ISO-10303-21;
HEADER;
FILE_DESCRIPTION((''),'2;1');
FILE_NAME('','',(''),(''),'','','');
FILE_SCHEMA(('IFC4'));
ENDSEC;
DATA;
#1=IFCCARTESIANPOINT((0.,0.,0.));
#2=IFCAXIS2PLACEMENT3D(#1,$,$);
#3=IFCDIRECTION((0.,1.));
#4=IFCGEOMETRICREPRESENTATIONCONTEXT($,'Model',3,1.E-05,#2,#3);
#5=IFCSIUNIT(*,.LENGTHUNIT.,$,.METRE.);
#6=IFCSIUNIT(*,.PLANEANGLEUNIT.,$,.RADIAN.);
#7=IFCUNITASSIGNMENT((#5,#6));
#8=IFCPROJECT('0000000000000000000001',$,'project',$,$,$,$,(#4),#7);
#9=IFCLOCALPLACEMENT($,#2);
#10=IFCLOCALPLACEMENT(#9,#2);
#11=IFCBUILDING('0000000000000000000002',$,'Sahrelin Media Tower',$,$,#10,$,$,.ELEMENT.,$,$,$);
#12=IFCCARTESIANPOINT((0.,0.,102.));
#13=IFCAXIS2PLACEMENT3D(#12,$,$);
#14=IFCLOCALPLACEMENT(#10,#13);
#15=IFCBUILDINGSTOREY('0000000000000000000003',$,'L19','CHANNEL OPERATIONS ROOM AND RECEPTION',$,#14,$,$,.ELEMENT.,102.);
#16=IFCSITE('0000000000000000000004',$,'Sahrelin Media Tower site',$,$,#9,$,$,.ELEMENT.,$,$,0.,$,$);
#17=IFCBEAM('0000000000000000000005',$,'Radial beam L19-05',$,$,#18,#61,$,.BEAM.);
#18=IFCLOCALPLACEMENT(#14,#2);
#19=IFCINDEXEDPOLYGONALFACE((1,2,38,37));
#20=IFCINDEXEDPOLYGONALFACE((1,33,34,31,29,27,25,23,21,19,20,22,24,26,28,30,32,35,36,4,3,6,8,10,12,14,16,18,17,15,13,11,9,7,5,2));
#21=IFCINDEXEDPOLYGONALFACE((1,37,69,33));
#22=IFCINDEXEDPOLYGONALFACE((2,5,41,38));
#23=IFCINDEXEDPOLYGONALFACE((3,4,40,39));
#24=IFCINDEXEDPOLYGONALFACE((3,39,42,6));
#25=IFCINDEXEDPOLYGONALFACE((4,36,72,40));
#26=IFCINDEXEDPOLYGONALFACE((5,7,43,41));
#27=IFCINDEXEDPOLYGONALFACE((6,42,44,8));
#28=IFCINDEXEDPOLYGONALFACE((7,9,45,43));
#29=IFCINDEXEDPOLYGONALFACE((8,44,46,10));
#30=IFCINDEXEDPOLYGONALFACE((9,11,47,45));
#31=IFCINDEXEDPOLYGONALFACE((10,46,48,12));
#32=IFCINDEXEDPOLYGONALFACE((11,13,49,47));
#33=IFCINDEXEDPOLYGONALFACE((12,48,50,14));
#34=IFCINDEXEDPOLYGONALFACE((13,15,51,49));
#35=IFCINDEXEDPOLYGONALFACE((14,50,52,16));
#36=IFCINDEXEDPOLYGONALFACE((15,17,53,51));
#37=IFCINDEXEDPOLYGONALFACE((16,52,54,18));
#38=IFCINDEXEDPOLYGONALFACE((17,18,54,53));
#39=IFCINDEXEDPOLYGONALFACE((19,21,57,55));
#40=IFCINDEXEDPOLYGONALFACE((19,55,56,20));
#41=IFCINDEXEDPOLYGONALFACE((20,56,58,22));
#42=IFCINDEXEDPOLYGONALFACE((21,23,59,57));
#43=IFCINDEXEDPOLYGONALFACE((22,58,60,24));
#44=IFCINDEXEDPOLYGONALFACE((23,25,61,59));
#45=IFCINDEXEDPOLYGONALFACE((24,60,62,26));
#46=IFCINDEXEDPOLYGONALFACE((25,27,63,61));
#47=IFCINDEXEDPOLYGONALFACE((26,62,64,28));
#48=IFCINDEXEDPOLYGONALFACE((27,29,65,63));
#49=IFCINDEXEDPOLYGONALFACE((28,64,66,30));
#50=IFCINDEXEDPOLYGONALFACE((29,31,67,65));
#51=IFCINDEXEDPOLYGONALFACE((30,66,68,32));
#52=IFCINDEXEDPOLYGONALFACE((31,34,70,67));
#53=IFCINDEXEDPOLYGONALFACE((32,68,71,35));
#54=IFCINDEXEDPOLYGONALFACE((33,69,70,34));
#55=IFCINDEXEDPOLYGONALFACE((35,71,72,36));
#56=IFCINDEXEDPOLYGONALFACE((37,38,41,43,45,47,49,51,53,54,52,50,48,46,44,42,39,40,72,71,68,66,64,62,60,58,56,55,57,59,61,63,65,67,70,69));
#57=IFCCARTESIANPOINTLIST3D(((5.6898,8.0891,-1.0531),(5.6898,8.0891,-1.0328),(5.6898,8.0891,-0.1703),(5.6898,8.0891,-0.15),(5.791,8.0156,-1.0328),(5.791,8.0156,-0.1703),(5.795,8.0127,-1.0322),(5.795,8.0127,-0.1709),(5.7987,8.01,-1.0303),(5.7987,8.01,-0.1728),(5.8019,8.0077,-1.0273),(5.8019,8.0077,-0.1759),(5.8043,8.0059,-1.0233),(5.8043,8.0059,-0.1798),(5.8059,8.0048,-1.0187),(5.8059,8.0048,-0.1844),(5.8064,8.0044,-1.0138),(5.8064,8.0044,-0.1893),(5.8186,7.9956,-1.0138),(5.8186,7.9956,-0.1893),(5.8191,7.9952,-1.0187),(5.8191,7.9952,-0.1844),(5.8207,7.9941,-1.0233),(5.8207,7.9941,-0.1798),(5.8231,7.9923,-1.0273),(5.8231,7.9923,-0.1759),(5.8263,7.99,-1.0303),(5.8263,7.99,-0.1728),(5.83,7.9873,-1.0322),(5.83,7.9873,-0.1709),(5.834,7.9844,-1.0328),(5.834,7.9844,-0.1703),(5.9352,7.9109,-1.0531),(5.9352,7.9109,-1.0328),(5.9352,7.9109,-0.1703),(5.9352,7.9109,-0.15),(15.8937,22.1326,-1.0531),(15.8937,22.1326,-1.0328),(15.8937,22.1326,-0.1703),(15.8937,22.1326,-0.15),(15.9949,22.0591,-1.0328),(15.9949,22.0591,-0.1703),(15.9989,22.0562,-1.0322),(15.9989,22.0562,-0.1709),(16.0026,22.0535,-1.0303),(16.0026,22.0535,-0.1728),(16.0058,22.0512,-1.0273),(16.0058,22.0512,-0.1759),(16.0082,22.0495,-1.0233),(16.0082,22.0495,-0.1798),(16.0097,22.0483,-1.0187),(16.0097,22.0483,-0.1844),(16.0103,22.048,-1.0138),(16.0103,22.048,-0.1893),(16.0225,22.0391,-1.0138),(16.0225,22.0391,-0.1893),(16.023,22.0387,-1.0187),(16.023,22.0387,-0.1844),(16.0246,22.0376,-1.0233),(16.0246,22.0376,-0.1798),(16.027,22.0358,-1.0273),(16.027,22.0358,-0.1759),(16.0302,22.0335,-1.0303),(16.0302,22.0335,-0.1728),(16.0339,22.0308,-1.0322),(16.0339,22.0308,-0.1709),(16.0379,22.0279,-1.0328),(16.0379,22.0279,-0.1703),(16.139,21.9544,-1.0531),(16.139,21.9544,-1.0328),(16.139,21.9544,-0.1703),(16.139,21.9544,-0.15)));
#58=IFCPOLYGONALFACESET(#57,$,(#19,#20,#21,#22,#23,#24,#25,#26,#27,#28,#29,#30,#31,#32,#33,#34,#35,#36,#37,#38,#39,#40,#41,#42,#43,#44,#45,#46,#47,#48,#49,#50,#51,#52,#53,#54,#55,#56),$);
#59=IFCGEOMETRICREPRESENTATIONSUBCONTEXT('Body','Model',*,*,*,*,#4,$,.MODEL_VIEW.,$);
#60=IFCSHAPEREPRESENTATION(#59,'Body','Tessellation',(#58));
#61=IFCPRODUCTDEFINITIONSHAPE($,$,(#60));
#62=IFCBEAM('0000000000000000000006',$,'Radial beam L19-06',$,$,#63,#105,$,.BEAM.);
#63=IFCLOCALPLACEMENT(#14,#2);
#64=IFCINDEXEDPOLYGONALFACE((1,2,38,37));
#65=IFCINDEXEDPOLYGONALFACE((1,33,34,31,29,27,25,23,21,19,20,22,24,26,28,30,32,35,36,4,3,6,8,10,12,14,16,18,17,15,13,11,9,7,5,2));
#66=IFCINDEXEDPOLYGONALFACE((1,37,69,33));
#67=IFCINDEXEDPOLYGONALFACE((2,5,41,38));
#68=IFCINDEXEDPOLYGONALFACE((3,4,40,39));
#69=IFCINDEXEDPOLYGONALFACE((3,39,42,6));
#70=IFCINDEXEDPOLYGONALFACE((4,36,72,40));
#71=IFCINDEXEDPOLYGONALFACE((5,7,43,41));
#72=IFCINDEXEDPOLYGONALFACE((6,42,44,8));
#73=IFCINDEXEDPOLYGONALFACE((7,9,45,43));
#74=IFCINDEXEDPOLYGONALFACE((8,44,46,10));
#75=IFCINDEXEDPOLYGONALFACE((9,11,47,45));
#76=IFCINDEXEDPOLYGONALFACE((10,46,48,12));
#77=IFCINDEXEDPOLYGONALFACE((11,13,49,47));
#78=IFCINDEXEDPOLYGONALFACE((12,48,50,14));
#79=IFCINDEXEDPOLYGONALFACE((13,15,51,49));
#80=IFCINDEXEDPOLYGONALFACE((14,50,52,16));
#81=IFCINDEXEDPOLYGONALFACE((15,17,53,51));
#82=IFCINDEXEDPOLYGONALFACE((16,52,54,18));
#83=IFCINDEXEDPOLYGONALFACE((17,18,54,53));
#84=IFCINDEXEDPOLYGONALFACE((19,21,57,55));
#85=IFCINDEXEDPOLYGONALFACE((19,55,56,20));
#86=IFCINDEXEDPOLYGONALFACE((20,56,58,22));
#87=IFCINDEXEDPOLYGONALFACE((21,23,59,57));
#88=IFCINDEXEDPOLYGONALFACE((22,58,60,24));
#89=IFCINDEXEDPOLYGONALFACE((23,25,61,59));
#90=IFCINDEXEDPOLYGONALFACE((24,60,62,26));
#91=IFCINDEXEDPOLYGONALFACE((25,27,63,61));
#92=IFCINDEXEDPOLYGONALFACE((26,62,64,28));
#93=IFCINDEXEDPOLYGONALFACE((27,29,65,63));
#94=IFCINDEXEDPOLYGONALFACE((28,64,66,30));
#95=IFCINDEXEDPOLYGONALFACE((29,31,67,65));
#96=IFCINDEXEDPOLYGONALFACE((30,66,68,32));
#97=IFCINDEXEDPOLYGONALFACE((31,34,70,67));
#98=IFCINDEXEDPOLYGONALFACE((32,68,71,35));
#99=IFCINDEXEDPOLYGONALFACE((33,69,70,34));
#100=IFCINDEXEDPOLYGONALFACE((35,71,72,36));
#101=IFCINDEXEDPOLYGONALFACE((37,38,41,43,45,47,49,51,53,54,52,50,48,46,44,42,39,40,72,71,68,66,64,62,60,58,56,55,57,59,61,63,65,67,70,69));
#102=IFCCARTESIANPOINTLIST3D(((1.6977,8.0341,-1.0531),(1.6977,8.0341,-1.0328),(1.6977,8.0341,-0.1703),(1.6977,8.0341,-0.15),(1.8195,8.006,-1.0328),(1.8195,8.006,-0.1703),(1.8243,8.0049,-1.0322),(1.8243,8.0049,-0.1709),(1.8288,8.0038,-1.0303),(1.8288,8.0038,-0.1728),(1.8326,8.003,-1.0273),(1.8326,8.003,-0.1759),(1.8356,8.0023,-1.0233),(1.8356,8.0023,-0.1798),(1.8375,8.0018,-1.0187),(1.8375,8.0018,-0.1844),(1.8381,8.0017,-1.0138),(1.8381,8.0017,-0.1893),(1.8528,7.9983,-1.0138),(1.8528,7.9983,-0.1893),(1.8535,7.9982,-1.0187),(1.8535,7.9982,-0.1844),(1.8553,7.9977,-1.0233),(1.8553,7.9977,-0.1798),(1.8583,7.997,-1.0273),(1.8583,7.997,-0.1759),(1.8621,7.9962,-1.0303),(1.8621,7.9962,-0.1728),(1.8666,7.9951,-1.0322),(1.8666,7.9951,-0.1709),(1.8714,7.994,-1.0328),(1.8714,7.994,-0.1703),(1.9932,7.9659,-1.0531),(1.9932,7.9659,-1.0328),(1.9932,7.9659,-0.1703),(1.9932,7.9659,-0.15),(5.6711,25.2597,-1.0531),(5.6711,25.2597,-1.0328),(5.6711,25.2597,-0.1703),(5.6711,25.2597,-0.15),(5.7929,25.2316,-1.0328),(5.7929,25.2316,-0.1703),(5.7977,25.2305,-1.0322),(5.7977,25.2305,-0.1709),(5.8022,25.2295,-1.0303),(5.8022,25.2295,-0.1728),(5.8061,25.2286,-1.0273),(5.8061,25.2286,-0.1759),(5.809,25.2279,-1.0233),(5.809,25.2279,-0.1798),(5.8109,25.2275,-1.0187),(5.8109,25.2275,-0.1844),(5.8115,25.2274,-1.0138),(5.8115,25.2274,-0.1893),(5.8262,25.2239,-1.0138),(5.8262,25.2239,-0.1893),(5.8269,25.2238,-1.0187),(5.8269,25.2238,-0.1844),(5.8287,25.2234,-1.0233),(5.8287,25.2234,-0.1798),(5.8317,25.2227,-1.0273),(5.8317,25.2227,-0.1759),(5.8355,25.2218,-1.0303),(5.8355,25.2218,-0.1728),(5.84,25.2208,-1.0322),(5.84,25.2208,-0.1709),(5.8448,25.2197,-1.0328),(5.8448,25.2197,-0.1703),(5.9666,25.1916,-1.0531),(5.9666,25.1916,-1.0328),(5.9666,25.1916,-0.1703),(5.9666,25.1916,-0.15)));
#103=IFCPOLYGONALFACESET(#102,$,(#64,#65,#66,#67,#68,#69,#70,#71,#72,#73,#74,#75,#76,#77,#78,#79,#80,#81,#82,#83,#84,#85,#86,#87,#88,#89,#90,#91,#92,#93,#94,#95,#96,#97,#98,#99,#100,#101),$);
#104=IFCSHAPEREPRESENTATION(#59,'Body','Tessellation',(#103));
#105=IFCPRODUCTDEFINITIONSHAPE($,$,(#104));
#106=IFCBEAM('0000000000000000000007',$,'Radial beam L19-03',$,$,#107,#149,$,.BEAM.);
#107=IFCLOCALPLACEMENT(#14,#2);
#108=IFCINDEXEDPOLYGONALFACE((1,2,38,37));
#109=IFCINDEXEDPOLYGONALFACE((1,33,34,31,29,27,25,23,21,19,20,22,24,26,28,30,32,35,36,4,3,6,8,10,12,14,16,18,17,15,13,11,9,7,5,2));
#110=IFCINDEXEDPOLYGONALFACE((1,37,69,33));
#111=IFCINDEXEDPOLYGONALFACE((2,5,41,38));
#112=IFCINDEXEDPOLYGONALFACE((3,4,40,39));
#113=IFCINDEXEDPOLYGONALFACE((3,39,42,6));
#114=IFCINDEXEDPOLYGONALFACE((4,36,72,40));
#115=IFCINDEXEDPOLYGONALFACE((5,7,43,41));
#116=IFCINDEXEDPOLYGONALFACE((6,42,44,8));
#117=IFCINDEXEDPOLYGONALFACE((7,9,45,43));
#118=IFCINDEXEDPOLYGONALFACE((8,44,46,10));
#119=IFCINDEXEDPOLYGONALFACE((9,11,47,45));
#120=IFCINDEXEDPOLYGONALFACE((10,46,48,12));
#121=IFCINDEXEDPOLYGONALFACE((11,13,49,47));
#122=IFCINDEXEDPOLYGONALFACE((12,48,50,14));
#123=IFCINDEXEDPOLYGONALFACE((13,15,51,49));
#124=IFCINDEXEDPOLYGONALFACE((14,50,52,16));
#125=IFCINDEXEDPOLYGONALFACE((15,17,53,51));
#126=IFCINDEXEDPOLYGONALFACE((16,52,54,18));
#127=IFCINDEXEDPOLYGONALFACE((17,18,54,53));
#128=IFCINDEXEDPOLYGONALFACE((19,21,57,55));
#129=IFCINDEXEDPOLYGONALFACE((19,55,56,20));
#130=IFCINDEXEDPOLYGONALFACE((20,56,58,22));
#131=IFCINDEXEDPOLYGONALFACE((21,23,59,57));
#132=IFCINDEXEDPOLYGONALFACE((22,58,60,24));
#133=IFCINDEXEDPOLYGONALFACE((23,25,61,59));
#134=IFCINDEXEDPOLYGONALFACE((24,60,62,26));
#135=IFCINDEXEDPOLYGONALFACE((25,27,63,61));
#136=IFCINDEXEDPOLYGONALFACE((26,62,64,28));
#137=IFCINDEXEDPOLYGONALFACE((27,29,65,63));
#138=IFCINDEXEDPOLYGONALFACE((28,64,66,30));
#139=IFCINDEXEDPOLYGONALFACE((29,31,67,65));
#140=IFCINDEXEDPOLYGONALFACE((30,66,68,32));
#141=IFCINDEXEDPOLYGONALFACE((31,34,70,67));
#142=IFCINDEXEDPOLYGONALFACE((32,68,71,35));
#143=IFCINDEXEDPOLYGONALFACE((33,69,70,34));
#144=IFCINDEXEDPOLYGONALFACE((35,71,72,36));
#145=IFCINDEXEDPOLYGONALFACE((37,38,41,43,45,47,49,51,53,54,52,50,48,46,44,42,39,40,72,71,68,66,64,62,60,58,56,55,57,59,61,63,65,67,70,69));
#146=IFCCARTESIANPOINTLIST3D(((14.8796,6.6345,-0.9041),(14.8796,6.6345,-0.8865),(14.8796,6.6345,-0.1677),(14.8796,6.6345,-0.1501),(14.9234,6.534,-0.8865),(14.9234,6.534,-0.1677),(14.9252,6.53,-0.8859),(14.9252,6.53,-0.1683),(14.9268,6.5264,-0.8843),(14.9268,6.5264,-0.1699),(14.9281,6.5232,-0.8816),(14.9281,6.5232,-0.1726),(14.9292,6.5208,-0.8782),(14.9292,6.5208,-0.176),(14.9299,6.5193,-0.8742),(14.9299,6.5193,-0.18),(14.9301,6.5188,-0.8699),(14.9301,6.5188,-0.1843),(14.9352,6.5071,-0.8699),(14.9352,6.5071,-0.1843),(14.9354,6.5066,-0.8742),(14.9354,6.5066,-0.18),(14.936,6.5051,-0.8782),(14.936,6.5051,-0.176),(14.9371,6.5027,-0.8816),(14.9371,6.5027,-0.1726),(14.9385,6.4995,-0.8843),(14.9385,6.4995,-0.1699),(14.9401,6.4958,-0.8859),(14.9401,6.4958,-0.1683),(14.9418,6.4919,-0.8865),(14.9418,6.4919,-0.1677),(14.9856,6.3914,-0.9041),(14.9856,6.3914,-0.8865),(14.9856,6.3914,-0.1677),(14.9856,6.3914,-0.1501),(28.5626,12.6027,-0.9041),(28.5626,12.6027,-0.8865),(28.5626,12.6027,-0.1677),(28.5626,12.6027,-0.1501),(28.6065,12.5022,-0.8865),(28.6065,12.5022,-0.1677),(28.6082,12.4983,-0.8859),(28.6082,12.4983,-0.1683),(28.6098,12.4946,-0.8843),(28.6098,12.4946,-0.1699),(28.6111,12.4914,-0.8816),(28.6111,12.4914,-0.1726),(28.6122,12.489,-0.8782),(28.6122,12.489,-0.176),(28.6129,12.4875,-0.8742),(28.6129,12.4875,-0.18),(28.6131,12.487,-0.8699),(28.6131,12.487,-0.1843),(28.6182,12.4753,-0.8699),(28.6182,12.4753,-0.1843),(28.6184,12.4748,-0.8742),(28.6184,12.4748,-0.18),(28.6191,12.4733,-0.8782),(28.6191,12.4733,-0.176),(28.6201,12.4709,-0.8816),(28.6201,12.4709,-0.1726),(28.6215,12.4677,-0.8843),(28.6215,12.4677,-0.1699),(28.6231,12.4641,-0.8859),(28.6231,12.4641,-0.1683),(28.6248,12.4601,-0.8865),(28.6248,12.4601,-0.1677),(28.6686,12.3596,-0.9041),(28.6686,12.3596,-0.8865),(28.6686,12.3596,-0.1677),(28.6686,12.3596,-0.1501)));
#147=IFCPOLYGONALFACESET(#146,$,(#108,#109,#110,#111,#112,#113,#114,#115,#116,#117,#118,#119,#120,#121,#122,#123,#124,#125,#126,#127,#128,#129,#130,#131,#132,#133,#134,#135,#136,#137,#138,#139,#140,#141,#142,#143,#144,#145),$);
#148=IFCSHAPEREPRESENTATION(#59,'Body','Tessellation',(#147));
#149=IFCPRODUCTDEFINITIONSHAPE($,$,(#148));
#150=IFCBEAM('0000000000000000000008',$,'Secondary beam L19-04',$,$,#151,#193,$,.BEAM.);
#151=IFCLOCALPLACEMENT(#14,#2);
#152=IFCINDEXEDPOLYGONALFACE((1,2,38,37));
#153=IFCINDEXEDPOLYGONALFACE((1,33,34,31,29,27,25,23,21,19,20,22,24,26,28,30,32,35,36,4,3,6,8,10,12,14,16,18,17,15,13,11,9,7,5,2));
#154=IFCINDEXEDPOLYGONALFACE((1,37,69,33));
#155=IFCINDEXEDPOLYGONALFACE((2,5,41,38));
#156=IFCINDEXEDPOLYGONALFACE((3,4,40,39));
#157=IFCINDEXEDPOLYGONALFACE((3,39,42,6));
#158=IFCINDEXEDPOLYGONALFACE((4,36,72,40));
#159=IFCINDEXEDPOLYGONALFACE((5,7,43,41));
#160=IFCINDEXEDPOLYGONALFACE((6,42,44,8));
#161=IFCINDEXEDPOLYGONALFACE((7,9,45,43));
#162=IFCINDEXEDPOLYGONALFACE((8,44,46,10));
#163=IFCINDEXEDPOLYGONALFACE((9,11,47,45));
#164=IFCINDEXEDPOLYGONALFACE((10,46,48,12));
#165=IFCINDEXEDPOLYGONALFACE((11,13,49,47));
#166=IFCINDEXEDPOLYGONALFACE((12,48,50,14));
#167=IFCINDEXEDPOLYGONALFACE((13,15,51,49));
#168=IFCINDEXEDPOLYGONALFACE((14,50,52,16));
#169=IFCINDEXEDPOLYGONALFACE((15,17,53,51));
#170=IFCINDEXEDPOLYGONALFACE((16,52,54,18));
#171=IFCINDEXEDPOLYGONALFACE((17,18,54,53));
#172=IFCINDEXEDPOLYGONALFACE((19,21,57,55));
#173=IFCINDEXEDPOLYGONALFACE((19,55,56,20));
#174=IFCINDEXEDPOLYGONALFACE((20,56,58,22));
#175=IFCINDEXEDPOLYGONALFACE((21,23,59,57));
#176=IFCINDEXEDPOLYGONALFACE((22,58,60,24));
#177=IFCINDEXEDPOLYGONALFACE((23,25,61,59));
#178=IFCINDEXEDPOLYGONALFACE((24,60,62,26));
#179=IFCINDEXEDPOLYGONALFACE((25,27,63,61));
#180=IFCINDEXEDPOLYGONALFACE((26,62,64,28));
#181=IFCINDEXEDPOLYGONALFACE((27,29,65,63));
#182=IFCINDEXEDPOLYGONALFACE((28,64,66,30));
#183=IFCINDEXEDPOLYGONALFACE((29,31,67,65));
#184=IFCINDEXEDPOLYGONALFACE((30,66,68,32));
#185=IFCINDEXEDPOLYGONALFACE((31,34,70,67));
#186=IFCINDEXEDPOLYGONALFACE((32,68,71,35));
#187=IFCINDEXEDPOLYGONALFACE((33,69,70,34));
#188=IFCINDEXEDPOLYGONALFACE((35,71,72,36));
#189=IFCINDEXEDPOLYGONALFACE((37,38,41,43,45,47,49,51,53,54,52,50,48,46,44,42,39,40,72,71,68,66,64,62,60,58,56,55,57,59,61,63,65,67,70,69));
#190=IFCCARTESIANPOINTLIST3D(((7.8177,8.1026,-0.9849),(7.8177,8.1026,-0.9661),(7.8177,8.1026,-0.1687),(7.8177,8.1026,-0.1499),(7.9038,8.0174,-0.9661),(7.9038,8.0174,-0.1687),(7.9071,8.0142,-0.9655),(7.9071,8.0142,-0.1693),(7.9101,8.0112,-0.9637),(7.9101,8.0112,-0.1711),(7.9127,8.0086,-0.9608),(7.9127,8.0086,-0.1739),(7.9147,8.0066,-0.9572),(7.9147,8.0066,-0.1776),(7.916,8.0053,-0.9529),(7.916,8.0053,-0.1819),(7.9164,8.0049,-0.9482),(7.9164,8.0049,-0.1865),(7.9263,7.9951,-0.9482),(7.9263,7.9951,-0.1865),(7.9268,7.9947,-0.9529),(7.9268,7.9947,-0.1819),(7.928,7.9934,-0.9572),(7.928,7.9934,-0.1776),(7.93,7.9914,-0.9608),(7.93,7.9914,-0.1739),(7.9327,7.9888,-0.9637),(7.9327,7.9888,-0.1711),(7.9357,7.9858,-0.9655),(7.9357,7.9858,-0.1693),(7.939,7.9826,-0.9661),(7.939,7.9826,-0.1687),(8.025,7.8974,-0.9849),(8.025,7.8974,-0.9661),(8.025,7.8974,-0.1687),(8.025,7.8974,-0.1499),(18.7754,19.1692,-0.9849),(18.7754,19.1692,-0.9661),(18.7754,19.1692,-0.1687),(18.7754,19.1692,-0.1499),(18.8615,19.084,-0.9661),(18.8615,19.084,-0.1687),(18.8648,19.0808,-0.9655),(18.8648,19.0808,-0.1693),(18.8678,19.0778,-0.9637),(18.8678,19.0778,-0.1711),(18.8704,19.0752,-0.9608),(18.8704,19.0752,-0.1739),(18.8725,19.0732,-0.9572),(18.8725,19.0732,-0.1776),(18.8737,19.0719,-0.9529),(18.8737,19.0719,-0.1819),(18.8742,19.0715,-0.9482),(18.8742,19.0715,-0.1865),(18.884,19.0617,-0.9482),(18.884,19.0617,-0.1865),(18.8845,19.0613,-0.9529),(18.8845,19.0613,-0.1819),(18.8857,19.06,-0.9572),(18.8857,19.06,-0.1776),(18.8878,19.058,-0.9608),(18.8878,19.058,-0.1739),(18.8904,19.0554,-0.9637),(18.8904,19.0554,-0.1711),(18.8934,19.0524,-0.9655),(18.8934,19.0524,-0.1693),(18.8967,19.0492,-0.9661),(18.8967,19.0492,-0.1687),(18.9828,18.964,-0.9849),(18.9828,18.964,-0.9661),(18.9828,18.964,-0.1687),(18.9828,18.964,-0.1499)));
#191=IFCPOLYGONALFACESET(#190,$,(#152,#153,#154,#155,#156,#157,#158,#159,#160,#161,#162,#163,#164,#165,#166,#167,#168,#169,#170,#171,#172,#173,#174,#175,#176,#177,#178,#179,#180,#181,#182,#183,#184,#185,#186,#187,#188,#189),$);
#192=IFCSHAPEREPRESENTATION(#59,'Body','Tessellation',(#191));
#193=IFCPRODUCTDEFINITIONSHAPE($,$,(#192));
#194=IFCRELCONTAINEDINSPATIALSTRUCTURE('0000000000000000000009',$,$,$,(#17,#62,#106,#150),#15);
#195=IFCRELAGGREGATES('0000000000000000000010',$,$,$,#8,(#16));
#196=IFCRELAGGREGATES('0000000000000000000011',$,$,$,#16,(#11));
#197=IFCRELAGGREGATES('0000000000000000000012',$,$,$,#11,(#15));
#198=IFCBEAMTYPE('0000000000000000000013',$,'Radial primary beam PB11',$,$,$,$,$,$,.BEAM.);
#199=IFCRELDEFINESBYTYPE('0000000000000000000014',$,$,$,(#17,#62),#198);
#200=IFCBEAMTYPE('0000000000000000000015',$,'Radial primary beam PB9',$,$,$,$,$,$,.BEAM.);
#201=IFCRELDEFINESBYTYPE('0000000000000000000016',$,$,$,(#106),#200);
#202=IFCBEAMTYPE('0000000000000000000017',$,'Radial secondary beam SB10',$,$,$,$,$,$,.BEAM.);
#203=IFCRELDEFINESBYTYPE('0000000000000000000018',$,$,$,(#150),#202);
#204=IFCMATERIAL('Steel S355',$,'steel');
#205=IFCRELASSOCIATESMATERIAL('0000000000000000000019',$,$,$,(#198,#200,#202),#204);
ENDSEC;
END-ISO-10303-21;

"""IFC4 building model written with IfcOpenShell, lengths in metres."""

from ifc_helpers import new_model, si_unit, direction, frame, origin, origin_2d, place, context, subcontext, project, spatial, i_section, extrude, material, material_profile, profile_set, type_object, element, save


model = new_model("IFC4")

# Units and contexts
model_context = context("Model", 3, precision=1e-05, world=origin(), true_north=direction((0.0, 1.0)))
body_context = subcontext(model_context, "Body", "Model", "MODEL_VIEW")
ifc_project = project(units=[si_unit("LENGTHUNIT", "METRE"), si_unit("PLANEANGLEUNIT", "RADIAN")], contexts=[model_context])

# Site, building, storey
site_placement = place(None, origin())
site = spatial("IfcSite", under=ifc_project, at=site_placement, Name="Sahrelin Media Tower site", CompositionType="ELEMENT", RefElevation=0.0)
building_placement = place(site_placement, origin())
building = spatial("IfcBuilding", under=site, at=building_placement, Name="Sahrelin Media Tower", CompositionType="ELEMENT")
storey_placement = place(building_placement, frame((0.0, 0.0, 102.0)))
storey = spatial("IfcBuildingStorey", under=building, at=storey_placement, Name="L19", Description="CHANNEL OPERATIONS ROOM AND RECEPTION", CompositionType="ELEMENT", Elevation=102.0)

# Shared definitions
ifc_material_1 = material(Name="Steel S355", Category="steel")

# Beams
ifc_material_profile_1 = material_profile(ifc_material_1, i_section(OverallWidth=0.3032, OverallDepth=0.9031, WebThickness=0.0151, FlangeThickness=0.0203, FilletRadius=0.019, at=origin_2d()), Name="UB 914x305x201")
ifc_profile_set_1 = profile_set([ifc_material_profile_1], Name="Steel S355")
beam_type_1 = type_object("IfcBeamType", Name="Radial primary beam PB11", PredefinedType="BEAM", material=ifc_profile_set_1)
beam_1_placement = place(storey_placement, frame((5.8125, 8.0, -0.6016), z_axis=(0.587811, 0.808998, 0.0), x_axis=(-0.808998, 0.587811, 0.0)))
element("IfcBeam", 1, at=beam_1_placement, inside=storey, type_object=beam_type_1, Name="Radial beam L19-05", PredefinedType="BEAM", context=body_context, shape_type="SweptSolid", body=[
    extrude(i_section(OverallWidth=0.3032, OverallDepth=0.9031, WebThickness=0.0151, FlangeThickness=0.0203, FilletRadius=0.019, at=origin_2d()), origin(), (0.0, 0.0, 1.0), 17.3591),
])
beam_2_placement = place(storey_placement, frame((1.8455, 8.0, -0.6016), z_axis=(0.224766, 0.974413, 0.0), x_axis=(-0.974413, 0.224766, 0.0)))
element("IfcBeam", 2, at=beam_2_placement, inside=storey, type_object=beam_type_1, Name="Radial beam L19-06", PredefinedType="BEAM", context=body_context, shape_type="SweptSolid", body=[
    extrude(i_section(OverallWidth=0.3032, OverallDepth=0.9031, WebThickness=0.0151, FlangeThickness=0.0203, FilletRadius=0.019, at=origin_2d()), origin(), (0.0, 0.0, 1.0), 17.678),
])
ifc_material_profile_2 = material_profile(ifc_material_1, i_section(OverallWidth=0.2651, OverallDepth=0.7539, WebThickness=0.0127, FlangeThickness=0.0176, FilletRadius=0.0166, at=origin_2d()), Name="UB 762x267x147")
ifc_profile_set_2 = profile_set([ifc_material_profile_2], Name="Steel S355")
beam_type_2 = type_object("IfcBeamType", Name="Radial primary beam PB9", PredefinedType="BEAM", material=ifc_profile_set_2)
beam_3_placement = place(storey_placement, frame((14.9326, 6.5129, -0.5271), z_axis=(0.916602, 0.399801, 0.0), x_axis=(-0.399801, 0.916602, 0.0)))
element("IfcBeam", 3, at=beam_3_placement, inside=storey, type_object=beam_type_2, Name="Radial beam L19-03", PredefinedType="BEAM", context=body_context, shape_type="SweptSolid", body=[
    extrude(i_section(OverallWidth=0.2651, OverallDepth=0.7539, WebThickness=0.0127, FlangeThickness=0.0176, FilletRadius=0.0166, at=origin_2d()), origin(), (0.0, 0.0, 1.0), 14.928),
])
ifc_material_profile_3 = material_profile(ifc_material_1, i_section(OverallWidth=0.2917, OverallDepth=0.835, WebThickness=0.0139, FlangeThickness=0.0188, FilletRadius=0.0178, at=origin_2d()), Name="UB 838x292x176")
ifc_profile_set_3 = profile_set([ifc_material_profile_3], Name="Steel S355")
beam_type_3 = type_object("IfcBeamType", Name="Radial secondary beam SB10", PredefinedType="BEAM", material=ifc_profile_set_3)
beam_4_placement = place(storey_placement, frame((7.9214, 8.0, -0.5674), z_axis=(0.703602, 0.710594, 0.0), x_axis=(-0.710594, 0.703602, 0.0)))
element("IfcBeam", 4, at=beam_4_placement, inside=storey, type_object=beam_type_3, Name="Secondary beam L19-04", PredefinedType="BEAM", context=body_context, shape_type="SweptSolid", body=[
    extrude(i_section(OverallWidth=0.2917, OverallDepth=0.835, WebThickness=0.0139, FlangeThickness=0.0188, FilletRadius=0.0178, at=origin_2d()), origin(), (0.0, 0.0, 1.0), 15.5737),
])

save(model, "model.ifc")
